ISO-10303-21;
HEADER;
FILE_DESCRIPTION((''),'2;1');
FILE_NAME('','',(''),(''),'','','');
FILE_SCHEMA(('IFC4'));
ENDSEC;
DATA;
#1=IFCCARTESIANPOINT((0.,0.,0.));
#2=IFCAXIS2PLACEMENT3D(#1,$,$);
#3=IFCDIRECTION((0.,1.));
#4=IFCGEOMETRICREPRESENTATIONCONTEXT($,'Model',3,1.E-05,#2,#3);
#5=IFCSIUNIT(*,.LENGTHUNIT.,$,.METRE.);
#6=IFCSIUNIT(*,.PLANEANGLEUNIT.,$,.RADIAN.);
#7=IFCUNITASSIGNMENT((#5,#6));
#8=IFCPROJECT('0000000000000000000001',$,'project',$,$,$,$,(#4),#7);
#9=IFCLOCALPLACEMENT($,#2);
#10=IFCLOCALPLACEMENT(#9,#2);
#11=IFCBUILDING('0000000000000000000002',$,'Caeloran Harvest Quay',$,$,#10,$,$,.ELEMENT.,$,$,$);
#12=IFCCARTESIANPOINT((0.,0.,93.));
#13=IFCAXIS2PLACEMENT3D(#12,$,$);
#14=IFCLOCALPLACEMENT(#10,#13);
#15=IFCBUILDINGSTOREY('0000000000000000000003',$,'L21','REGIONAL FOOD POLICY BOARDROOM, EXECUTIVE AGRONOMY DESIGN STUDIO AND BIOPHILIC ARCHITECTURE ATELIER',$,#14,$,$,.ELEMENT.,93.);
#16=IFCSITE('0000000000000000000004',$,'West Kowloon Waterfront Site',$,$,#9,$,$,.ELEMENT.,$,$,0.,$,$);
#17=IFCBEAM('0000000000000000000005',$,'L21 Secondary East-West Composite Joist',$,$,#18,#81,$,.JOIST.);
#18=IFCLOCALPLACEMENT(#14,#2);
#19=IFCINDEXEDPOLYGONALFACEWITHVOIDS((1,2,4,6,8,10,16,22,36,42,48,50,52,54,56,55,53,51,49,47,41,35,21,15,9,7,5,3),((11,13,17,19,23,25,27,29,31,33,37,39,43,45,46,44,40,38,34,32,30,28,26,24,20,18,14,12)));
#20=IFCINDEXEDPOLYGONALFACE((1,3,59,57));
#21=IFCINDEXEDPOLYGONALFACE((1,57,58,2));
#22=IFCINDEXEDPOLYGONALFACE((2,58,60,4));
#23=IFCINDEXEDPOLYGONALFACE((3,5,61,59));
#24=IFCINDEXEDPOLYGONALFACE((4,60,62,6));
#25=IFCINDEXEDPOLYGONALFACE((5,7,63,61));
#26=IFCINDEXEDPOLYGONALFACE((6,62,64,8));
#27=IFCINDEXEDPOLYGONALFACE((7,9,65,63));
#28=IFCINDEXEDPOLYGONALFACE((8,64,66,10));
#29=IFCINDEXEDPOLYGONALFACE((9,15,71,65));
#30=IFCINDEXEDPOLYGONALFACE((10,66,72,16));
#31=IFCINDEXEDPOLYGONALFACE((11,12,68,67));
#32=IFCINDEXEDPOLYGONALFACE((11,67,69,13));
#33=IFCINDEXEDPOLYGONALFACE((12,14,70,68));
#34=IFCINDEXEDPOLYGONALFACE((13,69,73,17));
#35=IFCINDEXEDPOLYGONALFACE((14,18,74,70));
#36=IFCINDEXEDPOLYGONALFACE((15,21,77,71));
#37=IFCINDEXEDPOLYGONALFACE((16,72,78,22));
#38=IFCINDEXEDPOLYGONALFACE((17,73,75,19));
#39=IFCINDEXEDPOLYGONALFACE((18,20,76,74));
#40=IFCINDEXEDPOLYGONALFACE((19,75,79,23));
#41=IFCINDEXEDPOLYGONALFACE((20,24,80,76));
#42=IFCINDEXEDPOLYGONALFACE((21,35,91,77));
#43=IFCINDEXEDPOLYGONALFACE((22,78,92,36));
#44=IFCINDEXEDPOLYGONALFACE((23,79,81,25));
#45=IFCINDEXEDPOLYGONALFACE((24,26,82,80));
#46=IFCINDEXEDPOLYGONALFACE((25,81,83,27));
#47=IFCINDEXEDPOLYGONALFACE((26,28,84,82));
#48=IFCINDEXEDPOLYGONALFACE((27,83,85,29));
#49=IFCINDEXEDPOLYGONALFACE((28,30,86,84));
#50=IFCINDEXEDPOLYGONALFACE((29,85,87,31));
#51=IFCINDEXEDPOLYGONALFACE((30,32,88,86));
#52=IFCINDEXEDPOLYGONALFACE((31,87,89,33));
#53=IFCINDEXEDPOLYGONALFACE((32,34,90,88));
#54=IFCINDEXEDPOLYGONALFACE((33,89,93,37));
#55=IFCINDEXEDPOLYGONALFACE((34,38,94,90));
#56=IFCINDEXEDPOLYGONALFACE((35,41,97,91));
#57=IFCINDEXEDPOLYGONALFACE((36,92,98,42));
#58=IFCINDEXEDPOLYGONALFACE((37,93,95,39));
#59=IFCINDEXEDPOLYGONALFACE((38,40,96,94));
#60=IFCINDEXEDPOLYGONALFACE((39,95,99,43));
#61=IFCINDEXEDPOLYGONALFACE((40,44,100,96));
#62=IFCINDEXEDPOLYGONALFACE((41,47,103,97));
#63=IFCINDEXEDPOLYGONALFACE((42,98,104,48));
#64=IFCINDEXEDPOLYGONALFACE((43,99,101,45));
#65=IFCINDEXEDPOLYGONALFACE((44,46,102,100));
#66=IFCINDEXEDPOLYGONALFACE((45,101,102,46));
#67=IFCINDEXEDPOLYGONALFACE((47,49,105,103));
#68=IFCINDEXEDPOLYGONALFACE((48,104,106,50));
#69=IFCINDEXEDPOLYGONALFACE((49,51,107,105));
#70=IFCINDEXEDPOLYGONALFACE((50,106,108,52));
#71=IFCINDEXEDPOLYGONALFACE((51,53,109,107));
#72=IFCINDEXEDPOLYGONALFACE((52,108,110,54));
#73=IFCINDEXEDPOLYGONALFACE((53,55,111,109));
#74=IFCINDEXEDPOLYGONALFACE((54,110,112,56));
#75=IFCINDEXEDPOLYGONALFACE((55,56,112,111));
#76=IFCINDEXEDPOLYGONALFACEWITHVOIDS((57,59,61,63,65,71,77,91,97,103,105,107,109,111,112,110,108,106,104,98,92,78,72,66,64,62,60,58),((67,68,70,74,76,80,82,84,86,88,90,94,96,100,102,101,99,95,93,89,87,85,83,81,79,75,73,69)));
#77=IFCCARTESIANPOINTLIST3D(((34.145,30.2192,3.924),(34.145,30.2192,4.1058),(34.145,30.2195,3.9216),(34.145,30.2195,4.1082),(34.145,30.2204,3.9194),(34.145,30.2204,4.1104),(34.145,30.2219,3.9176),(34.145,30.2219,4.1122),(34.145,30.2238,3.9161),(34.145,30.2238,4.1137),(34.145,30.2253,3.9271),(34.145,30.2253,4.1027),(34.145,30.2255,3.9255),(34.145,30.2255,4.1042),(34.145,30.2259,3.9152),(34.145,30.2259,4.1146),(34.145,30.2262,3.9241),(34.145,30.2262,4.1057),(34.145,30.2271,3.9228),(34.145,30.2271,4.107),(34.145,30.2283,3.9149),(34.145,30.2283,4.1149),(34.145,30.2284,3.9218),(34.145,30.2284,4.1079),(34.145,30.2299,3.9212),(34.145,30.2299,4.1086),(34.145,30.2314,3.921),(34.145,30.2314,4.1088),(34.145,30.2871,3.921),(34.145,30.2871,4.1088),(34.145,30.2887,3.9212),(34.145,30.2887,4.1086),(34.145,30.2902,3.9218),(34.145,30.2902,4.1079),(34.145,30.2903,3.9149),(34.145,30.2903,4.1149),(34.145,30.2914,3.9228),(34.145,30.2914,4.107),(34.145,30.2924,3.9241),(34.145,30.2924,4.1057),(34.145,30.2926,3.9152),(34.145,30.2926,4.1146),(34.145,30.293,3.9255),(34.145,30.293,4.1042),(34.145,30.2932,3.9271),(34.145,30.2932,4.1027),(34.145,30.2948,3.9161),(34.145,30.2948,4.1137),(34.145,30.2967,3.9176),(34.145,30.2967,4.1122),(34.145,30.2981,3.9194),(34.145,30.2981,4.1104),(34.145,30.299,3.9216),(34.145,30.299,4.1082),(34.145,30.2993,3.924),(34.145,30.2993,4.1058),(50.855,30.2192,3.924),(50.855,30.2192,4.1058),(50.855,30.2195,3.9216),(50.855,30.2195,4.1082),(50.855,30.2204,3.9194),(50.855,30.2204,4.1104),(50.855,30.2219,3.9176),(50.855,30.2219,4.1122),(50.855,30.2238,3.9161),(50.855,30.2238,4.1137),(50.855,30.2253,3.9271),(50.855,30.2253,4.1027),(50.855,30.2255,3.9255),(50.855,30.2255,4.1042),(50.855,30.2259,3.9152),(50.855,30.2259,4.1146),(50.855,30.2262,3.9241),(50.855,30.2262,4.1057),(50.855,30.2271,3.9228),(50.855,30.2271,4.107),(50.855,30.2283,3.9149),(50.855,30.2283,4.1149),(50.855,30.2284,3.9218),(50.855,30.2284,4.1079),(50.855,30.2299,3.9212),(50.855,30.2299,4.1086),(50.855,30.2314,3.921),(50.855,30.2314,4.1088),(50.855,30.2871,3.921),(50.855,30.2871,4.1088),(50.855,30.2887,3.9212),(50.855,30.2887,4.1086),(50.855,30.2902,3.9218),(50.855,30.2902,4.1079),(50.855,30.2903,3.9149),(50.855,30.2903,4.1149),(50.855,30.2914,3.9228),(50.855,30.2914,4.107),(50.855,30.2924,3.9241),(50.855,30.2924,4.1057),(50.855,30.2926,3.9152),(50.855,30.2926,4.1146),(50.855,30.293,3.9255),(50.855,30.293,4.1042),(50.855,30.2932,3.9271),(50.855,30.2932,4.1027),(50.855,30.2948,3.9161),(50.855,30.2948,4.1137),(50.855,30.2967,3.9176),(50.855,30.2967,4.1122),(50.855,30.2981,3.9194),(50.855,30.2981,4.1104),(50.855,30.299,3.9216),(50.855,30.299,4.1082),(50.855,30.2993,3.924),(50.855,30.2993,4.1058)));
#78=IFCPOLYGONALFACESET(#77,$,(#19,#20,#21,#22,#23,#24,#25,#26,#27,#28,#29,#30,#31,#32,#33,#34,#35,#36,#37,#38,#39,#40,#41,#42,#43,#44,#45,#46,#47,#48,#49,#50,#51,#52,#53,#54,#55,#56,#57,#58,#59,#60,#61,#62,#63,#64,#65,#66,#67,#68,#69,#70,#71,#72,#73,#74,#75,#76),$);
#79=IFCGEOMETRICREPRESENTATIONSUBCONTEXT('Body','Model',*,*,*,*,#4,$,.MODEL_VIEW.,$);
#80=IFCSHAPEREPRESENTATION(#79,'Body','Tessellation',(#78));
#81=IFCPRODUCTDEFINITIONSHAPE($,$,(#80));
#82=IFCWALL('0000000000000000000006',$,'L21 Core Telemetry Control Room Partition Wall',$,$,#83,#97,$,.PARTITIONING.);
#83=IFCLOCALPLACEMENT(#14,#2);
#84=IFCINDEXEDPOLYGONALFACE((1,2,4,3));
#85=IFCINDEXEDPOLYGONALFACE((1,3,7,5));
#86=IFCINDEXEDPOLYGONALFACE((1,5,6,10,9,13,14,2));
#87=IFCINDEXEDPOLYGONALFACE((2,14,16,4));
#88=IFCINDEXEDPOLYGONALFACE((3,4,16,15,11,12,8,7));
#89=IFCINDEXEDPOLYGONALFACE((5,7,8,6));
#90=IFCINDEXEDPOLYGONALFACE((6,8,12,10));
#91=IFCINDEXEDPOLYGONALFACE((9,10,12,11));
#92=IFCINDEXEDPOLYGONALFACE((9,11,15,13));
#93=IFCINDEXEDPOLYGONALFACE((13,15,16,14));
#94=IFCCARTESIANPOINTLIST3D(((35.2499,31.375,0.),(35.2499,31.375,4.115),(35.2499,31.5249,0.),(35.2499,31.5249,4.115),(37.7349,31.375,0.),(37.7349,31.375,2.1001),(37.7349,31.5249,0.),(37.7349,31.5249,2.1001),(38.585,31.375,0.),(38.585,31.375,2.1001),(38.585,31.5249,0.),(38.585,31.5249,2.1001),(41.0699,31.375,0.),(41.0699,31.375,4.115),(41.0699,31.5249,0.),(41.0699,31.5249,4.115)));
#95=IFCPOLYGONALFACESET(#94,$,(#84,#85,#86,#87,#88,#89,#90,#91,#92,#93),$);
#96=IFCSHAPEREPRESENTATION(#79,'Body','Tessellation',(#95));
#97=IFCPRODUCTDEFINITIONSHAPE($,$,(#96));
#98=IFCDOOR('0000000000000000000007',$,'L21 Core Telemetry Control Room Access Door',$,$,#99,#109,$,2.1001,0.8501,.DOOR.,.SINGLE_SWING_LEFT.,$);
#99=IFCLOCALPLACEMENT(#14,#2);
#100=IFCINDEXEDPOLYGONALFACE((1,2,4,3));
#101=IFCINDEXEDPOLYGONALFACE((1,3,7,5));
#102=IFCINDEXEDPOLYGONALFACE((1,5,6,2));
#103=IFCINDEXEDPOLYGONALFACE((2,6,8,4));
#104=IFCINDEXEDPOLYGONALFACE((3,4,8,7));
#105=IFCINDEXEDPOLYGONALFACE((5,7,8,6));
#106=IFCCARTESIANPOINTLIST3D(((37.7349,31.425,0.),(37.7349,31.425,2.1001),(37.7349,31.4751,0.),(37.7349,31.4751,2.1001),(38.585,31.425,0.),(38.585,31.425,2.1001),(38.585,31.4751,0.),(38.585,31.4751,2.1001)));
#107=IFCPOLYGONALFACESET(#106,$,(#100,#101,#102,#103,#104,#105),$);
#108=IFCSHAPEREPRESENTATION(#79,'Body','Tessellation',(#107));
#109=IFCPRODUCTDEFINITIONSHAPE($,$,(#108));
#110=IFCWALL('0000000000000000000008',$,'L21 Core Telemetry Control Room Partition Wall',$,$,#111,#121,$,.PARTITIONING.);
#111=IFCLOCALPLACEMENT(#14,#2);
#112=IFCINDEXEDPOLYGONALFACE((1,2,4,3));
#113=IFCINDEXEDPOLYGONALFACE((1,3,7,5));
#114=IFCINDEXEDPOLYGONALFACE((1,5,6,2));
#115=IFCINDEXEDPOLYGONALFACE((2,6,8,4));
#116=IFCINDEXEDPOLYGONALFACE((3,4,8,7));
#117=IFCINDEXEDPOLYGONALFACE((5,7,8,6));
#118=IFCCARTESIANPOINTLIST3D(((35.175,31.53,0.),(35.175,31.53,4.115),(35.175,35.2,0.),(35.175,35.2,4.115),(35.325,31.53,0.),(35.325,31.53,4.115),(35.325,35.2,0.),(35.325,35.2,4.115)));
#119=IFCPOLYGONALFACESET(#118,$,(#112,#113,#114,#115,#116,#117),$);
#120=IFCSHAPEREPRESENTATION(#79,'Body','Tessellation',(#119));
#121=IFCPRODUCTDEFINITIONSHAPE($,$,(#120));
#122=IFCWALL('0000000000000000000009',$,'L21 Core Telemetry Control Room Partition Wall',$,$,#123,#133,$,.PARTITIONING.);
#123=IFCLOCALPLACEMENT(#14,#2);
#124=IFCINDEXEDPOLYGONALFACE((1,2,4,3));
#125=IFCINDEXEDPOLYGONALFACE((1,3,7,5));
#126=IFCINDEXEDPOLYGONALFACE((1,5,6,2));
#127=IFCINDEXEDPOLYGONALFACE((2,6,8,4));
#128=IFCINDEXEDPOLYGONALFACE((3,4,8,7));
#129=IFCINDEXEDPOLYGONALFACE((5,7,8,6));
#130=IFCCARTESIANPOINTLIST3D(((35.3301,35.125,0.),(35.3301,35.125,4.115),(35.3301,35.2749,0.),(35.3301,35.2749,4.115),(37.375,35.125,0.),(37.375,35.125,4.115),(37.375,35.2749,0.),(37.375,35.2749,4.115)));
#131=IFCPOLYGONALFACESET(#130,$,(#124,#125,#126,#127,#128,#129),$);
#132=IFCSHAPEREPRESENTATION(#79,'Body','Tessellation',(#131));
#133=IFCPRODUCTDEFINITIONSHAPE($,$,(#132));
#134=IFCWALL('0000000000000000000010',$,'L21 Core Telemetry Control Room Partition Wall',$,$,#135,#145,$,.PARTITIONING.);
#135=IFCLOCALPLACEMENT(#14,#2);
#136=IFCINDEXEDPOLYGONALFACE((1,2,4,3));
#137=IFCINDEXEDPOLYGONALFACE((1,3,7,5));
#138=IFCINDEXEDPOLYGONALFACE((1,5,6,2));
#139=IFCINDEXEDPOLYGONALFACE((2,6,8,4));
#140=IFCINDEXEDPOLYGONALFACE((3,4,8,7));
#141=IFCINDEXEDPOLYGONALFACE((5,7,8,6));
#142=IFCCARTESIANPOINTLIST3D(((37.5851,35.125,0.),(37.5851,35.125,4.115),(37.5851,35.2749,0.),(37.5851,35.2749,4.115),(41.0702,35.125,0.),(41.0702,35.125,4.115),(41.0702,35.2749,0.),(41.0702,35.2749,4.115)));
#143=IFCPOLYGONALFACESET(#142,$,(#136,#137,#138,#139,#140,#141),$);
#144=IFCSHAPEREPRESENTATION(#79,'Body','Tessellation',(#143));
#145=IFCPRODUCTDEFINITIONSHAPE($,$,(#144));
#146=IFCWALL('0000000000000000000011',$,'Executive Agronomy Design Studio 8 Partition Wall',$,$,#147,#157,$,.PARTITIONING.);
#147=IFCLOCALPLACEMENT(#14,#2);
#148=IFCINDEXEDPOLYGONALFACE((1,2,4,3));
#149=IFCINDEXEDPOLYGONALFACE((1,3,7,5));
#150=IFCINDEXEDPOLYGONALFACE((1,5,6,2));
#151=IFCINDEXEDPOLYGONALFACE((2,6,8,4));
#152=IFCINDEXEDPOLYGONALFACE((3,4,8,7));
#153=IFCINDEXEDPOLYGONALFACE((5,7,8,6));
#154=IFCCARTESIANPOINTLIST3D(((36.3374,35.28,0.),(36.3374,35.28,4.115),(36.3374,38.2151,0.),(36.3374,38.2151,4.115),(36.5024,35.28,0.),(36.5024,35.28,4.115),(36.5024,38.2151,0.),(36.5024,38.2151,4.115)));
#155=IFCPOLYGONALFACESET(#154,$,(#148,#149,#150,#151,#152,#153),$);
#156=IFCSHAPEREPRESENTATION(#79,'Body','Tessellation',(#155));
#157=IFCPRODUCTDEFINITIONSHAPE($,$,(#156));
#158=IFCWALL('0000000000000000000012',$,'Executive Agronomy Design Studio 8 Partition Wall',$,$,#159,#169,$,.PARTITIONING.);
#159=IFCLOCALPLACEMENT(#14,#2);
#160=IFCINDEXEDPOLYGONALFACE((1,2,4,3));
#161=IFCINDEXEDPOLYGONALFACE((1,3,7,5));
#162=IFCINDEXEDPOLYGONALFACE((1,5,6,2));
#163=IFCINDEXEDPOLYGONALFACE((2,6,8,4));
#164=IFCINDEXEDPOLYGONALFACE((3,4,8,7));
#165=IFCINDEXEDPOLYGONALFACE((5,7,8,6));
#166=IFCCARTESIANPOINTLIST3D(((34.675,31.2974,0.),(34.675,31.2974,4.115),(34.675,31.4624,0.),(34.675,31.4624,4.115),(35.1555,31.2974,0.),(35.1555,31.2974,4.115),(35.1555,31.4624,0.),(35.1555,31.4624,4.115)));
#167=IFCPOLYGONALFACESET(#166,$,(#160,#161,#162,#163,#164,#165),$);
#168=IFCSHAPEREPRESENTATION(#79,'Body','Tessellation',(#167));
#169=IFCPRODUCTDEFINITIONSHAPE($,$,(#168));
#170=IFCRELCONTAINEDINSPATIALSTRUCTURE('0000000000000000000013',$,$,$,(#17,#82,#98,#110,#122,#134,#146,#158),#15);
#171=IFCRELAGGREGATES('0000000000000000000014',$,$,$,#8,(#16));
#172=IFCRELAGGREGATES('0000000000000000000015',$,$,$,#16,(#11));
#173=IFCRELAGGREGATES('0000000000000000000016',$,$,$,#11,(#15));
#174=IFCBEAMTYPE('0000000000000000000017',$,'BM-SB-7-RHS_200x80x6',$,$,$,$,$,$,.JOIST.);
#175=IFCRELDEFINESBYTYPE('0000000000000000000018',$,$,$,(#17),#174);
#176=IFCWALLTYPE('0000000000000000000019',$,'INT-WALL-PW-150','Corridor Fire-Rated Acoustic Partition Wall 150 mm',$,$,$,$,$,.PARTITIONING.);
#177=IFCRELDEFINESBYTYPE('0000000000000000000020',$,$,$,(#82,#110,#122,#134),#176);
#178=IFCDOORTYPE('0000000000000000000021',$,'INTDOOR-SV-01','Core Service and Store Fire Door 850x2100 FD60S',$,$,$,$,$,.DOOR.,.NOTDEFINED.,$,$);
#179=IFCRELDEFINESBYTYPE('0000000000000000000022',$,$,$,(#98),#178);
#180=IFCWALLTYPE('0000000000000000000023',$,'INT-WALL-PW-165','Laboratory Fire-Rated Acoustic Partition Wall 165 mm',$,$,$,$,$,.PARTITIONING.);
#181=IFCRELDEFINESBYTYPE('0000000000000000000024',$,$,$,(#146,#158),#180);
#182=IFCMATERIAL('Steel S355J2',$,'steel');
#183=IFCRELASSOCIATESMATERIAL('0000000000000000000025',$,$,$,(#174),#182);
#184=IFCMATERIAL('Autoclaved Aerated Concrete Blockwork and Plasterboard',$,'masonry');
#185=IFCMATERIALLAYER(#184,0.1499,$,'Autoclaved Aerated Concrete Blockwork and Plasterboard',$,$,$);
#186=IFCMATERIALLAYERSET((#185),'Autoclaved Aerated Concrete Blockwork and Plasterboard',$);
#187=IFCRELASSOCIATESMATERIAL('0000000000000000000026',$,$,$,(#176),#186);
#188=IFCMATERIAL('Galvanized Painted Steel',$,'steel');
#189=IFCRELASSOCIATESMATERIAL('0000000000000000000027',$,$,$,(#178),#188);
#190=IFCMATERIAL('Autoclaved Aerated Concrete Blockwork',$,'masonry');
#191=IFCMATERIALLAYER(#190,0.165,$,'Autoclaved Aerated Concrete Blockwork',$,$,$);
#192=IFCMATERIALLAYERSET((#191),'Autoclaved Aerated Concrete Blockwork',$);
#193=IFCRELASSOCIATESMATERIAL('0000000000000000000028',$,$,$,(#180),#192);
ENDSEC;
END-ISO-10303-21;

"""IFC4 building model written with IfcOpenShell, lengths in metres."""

from ifc_helpers import new_model, si_unit, direction, frame, frame_2d, origin, origin_2d, place, context, subcontext, project, spatial, rectangle, hollow_rectangle, extrude, material, layer, layer_set, material_profile, profile_set, type_object, element, fill, save


model = new_model("IFC4")

# Units and contexts
model_context = context("Model", 3, precision=1e-05, world=origin(), true_north=direction((0.0, 1.0)))
body_context = subcontext(model_context, "Body", "Model", "MODEL_VIEW")
ifc_project = project(units=[si_unit("LENGTHUNIT", "METRE"), si_unit("PLANEANGLEUNIT", "RADIAN")], contexts=[model_context])

# Site, building, storey
site_placement = place(None, origin())
site = spatial("IfcSite", under=ifc_project, at=site_placement, Name="West Kowloon Waterfront Site", CompositionType="ELEMENT", RefElevation=0.0)
building_placement = place(site_placement, origin())
building = spatial("IfcBuilding", under=site, at=building_placement, Name="Caeloran Harvest Quay", CompositionType="ELEMENT")
storey_placement = place(building_placement, frame((0.0, 0.0, 93.0)))
storey = spatial("IfcBuildingStorey", under=building, at=storey_placement, Name="L21", Description="REGIONAL FOOD POLICY BOARDROOM, EXECUTIVE AGRONOMY DESIGN STUDIO AND BIOPHILIC ARCHITECTURE ATELIER", CompositionType="ELEMENT", Elevation=93.0)

# Beam
ifc_material_1 = material(Name="Steel S355J2", Category="steel")
ifc_material_profile_1 = material_profile(ifc_material_1, hollow_rectangle(XDim=0.0801, YDim=0.2, WallThickness=0.0061, InnerFilletRadius=0.0061, OuterFilletRadius=0.009, at=origin_2d()), Name="RHS 200x80x6")
ifc_profile_set_1 = profile_set([ifc_material_profile_1], Name="Steel S355J2")
beam_type_1 = type_object("IfcBeamType", Name="BM-SB-7-RHS_200x80x6", PredefinedType="JOIST", material=ifc_profile_set_1)
for number, where, z_axis, x_axis, name in (
    (1, (34.145, 30.2593, 4.0149), (1.0, 0.0, 0.0), (0.0, 1.0, 0.0), "L21 Secondary East-West Composite Joist"),
):
    element("IfcBeam", number, at=place(storey_placement, frame(where, z_axis=z_axis, x_axis=x_axis)), inside=storey, type_object=beam_type_1, Name=name, PredefinedType="JOIST", context=body_context, shape_type="SweptSolid", body=[
        extrude(hollow_rectangle(XDim=0.0801, YDim=0.2, WallThickness=0.0061, InnerFilletRadius=0.0061, OuterFilletRadius=0.009, at=origin_2d()), origin(), (0.0, 0.0, 1.0), 16.71),
    ])

# Wall, opening, door
ifc_material_2 = material(Name="Autoclaved Aerated Concrete Blockwork and Plasterboard", Category="masonry")
ifc_layer_1 = layer(ifc_material_2, 0.1499, Name="Autoclaved Aerated Concrete Blockwork and Plasterboard")
ifc_layer_set_1 = layer_set([ifc_layer_1], Name="Autoclaved Aerated Concrete Blockwork and Plasterboard")
wall_type_1 = type_object("IfcWallType", Name="INT-WALL-PW-150", Description="Corridor Fire-Rated Acoustic Partition Wall 150 mm", PredefinedType="PARTITIONING", material=ifc_layer_set_1)
wall_1_placement = place(storey_placement, frame((41.0701, 31.45, 0.0), z_axis=(0.0, 0.0, 1.0), x_axis=(-1.0, 0.0, 0.0)))
wall_1 = element("IfcWall", 2, at=wall_1_placement, inside=storey, type_object=wall_type_1, Name="L21 Core Telemetry Control Room Partition Wall", PredefinedType="PARTITIONING", context=body_context, shape_type="SweptSolid", body=[
    extrude(rectangle(XDim=5.8201, YDim=0.1499, at=frame_2d((2.9102, 0.0))), origin(), (0.0, 0.0, 1.0), 4.115),
])
opening_1_placement = place(wall_1_placement, frame((2.4851, 0.0, 0.0)))
opening_1 = element("IfcOpeningElement", 3, at=opening_1_placement, cuts=wall_1, PredefinedType="OPENING", context=body_context, shape_type="SweptSolid", body=[
    extrude(rectangle(XDim=0.8501, YDim=2.1001, at=frame_2d((0.425, 1.05))), frame((0.0, 0.085, 0.0), z_axis=(0.0, -1.0, 0.0), x_axis=(1.0, 0.0, 0.0)), (0.0, 0.0, 1.0), 0.1699),
])
ifc_material_3 = material(Name="Galvanized Painted Steel", Category="steel")
door_type_1 = type_object("IfcDoorType", Name="INTDOOR-SV-01", Description="Core Service and Store Fire Door 850x2100 FD60S", OperationType="NOTDEFINED", PredefinedType="DOOR", material=ifc_material_3)
door_1_placement = place(opening_1_placement, origin())
door_1 = element("IfcDoor", 4, at=door_1_placement, inside=storey, type_object=door_type_1, Name="L21 Core Telemetry Control Room Access Door", OperationType="SINGLE_SWING_LEFT", OverallHeight=2.1001, OverallWidth=0.8501, PredefinedType="DOOR", context=body_context, shape_type="SweptSolid", body=[
    extrude(rectangle(XDim=0.8501, YDim=2.1001, at=frame_2d((0.425, 1.05))), frame((0.0, 0.0249, 0.0), z_axis=(0.0, -1.0, 0.0), x_axis=(1.0, 0.0, 0.0)), (0.0, 0.0, 1.0), 0.05),
])
fill(opening_1, door_1)

# Walls
wall_2_placement = place(storey_placement, frame((35.25, 31.53, 0.0), z_axis=(0.0, 0.0, 1.0), x_axis=(0.0, 1.0, 0.0)))
element("IfcWall", 5, at=wall_2_placement, inside=storey, type_object=wall_type_1, Name="L21 Core Telemetry Control Room Partition Wall", PredefinedType="PARTITIONING", context=body_context, shape_type="SweptSolid", body=[
    extrude(rectangle(XDim=3.6699, YDim=0.1499, at=frame_2d((1.835, 0.0))), origin(), (0.0, 0.0, 1.0), 4.115),
])
wall_3_placement = place(storey_placement, frame((35.3301, 35.2, 0.0), z_axis=(0.0, 0.0, 1.0), x_axis=(1.0, 0.0, 0.0)))
element("IfcWall", 6, at=wall_3_placement, inside=storey, type_object=wall_type_1, Name="L21 Core Telemetry Control Room Partition Wall", PredefinedType="PARTITIONING", context=body_context, shape_type="SweptSolid", body=[
    extrude(rectangle(XDim=2.0449, YDim=0.1499, at=frame_2d((1.0225, 0.0))), origin(), (0.0, 0.0, 1.0), 4.115),
])
wall_4_placement = place(storey_placement, frame((37.585, 35.2, 0.0), z_axis=(0.0, 0.0, 1.0), x_axis=(1.0, 0.0, 0.0)))
element("IfcWall", 7, at=wall_4_placement, inside=storey, type_object=wall_type_1, Name="L21 Core Telemetry Control Room Partition Wall", PredefinedType="PARTITIONING", context=body_context, shape_type="SweptSolid", body=[
    extrude(rectangle(XDim=3.4851, YDim=0.1499, at=frame_2d((1.7427, 0.0))), origin(), (0.0, 0.0, 1.0), 4.115),
])

# Shared definitions
ifc_material_4 = material(Name="Autoclaved Aerated Concrete Blockwork", Category="masonry")
ifc_layer_2 = layer(ifc_material_4, 0.165, Name="Autoclaved Aerated Concrete Blockwork")
ifc_layer_set_2 = layer_set([ifc_layer_2], Name="Autoclaved Aerated Concrete Blockwork")
wall_type_2 = type_object("IfcWallType", Name="INT-WALL-PW-165", Description="Laboratory Fire-Rated Acoustic Partition Wall 165 mm", PredefinedType="PARTITIONING", material=ifc_layer_set_2)

# Walls
wall_5_placement = place(storey_placement, frame((36.4199, 38.2151, 0.0), z_axis=(0.0, 0.0, 1.0), x_axis=(0.0, -1.0, 0.0)))
element("IfcWall", 8, at=wall_5_placement, inside=storey, type_object=wall_type_2, Name="Executive Agronomy Design Studio 8 Partition Wall", PredefinedType="PARTITIONING", context=body_context, shape_type="SweptSolid", body=[
    extrude(rectangle(XDim=2.9351, YDim=0.165, at=frame_2d((1.4675, 0.0))), origin(), (0.0, 0.0, 1.0), 4.115),
])
wall_6_placement = place(storey_placement, frame((35.1555, 31.3799, 0.0), z_axis=(0.0, 0.0, 1.0), x_axis=(-1.0, 0.0, 0.0)))
element("IfcWall", 9, at=wall_6_placement, inside=storey, type_object=wall_type_2, Name="Executive Agronomy Design Studio 8 Partition Wall", PredefinedType="PARTITIONING", context=body_context, shape_type="SweptSolid", body=[
    extrude(rectangle(XDim=0.4805, YDim=0.165, at=frame_2d((0.2402, 0.0))), origin(), (0.0, 0.0, 1.0), 4.115),
])

save(model, "model.ifc")
